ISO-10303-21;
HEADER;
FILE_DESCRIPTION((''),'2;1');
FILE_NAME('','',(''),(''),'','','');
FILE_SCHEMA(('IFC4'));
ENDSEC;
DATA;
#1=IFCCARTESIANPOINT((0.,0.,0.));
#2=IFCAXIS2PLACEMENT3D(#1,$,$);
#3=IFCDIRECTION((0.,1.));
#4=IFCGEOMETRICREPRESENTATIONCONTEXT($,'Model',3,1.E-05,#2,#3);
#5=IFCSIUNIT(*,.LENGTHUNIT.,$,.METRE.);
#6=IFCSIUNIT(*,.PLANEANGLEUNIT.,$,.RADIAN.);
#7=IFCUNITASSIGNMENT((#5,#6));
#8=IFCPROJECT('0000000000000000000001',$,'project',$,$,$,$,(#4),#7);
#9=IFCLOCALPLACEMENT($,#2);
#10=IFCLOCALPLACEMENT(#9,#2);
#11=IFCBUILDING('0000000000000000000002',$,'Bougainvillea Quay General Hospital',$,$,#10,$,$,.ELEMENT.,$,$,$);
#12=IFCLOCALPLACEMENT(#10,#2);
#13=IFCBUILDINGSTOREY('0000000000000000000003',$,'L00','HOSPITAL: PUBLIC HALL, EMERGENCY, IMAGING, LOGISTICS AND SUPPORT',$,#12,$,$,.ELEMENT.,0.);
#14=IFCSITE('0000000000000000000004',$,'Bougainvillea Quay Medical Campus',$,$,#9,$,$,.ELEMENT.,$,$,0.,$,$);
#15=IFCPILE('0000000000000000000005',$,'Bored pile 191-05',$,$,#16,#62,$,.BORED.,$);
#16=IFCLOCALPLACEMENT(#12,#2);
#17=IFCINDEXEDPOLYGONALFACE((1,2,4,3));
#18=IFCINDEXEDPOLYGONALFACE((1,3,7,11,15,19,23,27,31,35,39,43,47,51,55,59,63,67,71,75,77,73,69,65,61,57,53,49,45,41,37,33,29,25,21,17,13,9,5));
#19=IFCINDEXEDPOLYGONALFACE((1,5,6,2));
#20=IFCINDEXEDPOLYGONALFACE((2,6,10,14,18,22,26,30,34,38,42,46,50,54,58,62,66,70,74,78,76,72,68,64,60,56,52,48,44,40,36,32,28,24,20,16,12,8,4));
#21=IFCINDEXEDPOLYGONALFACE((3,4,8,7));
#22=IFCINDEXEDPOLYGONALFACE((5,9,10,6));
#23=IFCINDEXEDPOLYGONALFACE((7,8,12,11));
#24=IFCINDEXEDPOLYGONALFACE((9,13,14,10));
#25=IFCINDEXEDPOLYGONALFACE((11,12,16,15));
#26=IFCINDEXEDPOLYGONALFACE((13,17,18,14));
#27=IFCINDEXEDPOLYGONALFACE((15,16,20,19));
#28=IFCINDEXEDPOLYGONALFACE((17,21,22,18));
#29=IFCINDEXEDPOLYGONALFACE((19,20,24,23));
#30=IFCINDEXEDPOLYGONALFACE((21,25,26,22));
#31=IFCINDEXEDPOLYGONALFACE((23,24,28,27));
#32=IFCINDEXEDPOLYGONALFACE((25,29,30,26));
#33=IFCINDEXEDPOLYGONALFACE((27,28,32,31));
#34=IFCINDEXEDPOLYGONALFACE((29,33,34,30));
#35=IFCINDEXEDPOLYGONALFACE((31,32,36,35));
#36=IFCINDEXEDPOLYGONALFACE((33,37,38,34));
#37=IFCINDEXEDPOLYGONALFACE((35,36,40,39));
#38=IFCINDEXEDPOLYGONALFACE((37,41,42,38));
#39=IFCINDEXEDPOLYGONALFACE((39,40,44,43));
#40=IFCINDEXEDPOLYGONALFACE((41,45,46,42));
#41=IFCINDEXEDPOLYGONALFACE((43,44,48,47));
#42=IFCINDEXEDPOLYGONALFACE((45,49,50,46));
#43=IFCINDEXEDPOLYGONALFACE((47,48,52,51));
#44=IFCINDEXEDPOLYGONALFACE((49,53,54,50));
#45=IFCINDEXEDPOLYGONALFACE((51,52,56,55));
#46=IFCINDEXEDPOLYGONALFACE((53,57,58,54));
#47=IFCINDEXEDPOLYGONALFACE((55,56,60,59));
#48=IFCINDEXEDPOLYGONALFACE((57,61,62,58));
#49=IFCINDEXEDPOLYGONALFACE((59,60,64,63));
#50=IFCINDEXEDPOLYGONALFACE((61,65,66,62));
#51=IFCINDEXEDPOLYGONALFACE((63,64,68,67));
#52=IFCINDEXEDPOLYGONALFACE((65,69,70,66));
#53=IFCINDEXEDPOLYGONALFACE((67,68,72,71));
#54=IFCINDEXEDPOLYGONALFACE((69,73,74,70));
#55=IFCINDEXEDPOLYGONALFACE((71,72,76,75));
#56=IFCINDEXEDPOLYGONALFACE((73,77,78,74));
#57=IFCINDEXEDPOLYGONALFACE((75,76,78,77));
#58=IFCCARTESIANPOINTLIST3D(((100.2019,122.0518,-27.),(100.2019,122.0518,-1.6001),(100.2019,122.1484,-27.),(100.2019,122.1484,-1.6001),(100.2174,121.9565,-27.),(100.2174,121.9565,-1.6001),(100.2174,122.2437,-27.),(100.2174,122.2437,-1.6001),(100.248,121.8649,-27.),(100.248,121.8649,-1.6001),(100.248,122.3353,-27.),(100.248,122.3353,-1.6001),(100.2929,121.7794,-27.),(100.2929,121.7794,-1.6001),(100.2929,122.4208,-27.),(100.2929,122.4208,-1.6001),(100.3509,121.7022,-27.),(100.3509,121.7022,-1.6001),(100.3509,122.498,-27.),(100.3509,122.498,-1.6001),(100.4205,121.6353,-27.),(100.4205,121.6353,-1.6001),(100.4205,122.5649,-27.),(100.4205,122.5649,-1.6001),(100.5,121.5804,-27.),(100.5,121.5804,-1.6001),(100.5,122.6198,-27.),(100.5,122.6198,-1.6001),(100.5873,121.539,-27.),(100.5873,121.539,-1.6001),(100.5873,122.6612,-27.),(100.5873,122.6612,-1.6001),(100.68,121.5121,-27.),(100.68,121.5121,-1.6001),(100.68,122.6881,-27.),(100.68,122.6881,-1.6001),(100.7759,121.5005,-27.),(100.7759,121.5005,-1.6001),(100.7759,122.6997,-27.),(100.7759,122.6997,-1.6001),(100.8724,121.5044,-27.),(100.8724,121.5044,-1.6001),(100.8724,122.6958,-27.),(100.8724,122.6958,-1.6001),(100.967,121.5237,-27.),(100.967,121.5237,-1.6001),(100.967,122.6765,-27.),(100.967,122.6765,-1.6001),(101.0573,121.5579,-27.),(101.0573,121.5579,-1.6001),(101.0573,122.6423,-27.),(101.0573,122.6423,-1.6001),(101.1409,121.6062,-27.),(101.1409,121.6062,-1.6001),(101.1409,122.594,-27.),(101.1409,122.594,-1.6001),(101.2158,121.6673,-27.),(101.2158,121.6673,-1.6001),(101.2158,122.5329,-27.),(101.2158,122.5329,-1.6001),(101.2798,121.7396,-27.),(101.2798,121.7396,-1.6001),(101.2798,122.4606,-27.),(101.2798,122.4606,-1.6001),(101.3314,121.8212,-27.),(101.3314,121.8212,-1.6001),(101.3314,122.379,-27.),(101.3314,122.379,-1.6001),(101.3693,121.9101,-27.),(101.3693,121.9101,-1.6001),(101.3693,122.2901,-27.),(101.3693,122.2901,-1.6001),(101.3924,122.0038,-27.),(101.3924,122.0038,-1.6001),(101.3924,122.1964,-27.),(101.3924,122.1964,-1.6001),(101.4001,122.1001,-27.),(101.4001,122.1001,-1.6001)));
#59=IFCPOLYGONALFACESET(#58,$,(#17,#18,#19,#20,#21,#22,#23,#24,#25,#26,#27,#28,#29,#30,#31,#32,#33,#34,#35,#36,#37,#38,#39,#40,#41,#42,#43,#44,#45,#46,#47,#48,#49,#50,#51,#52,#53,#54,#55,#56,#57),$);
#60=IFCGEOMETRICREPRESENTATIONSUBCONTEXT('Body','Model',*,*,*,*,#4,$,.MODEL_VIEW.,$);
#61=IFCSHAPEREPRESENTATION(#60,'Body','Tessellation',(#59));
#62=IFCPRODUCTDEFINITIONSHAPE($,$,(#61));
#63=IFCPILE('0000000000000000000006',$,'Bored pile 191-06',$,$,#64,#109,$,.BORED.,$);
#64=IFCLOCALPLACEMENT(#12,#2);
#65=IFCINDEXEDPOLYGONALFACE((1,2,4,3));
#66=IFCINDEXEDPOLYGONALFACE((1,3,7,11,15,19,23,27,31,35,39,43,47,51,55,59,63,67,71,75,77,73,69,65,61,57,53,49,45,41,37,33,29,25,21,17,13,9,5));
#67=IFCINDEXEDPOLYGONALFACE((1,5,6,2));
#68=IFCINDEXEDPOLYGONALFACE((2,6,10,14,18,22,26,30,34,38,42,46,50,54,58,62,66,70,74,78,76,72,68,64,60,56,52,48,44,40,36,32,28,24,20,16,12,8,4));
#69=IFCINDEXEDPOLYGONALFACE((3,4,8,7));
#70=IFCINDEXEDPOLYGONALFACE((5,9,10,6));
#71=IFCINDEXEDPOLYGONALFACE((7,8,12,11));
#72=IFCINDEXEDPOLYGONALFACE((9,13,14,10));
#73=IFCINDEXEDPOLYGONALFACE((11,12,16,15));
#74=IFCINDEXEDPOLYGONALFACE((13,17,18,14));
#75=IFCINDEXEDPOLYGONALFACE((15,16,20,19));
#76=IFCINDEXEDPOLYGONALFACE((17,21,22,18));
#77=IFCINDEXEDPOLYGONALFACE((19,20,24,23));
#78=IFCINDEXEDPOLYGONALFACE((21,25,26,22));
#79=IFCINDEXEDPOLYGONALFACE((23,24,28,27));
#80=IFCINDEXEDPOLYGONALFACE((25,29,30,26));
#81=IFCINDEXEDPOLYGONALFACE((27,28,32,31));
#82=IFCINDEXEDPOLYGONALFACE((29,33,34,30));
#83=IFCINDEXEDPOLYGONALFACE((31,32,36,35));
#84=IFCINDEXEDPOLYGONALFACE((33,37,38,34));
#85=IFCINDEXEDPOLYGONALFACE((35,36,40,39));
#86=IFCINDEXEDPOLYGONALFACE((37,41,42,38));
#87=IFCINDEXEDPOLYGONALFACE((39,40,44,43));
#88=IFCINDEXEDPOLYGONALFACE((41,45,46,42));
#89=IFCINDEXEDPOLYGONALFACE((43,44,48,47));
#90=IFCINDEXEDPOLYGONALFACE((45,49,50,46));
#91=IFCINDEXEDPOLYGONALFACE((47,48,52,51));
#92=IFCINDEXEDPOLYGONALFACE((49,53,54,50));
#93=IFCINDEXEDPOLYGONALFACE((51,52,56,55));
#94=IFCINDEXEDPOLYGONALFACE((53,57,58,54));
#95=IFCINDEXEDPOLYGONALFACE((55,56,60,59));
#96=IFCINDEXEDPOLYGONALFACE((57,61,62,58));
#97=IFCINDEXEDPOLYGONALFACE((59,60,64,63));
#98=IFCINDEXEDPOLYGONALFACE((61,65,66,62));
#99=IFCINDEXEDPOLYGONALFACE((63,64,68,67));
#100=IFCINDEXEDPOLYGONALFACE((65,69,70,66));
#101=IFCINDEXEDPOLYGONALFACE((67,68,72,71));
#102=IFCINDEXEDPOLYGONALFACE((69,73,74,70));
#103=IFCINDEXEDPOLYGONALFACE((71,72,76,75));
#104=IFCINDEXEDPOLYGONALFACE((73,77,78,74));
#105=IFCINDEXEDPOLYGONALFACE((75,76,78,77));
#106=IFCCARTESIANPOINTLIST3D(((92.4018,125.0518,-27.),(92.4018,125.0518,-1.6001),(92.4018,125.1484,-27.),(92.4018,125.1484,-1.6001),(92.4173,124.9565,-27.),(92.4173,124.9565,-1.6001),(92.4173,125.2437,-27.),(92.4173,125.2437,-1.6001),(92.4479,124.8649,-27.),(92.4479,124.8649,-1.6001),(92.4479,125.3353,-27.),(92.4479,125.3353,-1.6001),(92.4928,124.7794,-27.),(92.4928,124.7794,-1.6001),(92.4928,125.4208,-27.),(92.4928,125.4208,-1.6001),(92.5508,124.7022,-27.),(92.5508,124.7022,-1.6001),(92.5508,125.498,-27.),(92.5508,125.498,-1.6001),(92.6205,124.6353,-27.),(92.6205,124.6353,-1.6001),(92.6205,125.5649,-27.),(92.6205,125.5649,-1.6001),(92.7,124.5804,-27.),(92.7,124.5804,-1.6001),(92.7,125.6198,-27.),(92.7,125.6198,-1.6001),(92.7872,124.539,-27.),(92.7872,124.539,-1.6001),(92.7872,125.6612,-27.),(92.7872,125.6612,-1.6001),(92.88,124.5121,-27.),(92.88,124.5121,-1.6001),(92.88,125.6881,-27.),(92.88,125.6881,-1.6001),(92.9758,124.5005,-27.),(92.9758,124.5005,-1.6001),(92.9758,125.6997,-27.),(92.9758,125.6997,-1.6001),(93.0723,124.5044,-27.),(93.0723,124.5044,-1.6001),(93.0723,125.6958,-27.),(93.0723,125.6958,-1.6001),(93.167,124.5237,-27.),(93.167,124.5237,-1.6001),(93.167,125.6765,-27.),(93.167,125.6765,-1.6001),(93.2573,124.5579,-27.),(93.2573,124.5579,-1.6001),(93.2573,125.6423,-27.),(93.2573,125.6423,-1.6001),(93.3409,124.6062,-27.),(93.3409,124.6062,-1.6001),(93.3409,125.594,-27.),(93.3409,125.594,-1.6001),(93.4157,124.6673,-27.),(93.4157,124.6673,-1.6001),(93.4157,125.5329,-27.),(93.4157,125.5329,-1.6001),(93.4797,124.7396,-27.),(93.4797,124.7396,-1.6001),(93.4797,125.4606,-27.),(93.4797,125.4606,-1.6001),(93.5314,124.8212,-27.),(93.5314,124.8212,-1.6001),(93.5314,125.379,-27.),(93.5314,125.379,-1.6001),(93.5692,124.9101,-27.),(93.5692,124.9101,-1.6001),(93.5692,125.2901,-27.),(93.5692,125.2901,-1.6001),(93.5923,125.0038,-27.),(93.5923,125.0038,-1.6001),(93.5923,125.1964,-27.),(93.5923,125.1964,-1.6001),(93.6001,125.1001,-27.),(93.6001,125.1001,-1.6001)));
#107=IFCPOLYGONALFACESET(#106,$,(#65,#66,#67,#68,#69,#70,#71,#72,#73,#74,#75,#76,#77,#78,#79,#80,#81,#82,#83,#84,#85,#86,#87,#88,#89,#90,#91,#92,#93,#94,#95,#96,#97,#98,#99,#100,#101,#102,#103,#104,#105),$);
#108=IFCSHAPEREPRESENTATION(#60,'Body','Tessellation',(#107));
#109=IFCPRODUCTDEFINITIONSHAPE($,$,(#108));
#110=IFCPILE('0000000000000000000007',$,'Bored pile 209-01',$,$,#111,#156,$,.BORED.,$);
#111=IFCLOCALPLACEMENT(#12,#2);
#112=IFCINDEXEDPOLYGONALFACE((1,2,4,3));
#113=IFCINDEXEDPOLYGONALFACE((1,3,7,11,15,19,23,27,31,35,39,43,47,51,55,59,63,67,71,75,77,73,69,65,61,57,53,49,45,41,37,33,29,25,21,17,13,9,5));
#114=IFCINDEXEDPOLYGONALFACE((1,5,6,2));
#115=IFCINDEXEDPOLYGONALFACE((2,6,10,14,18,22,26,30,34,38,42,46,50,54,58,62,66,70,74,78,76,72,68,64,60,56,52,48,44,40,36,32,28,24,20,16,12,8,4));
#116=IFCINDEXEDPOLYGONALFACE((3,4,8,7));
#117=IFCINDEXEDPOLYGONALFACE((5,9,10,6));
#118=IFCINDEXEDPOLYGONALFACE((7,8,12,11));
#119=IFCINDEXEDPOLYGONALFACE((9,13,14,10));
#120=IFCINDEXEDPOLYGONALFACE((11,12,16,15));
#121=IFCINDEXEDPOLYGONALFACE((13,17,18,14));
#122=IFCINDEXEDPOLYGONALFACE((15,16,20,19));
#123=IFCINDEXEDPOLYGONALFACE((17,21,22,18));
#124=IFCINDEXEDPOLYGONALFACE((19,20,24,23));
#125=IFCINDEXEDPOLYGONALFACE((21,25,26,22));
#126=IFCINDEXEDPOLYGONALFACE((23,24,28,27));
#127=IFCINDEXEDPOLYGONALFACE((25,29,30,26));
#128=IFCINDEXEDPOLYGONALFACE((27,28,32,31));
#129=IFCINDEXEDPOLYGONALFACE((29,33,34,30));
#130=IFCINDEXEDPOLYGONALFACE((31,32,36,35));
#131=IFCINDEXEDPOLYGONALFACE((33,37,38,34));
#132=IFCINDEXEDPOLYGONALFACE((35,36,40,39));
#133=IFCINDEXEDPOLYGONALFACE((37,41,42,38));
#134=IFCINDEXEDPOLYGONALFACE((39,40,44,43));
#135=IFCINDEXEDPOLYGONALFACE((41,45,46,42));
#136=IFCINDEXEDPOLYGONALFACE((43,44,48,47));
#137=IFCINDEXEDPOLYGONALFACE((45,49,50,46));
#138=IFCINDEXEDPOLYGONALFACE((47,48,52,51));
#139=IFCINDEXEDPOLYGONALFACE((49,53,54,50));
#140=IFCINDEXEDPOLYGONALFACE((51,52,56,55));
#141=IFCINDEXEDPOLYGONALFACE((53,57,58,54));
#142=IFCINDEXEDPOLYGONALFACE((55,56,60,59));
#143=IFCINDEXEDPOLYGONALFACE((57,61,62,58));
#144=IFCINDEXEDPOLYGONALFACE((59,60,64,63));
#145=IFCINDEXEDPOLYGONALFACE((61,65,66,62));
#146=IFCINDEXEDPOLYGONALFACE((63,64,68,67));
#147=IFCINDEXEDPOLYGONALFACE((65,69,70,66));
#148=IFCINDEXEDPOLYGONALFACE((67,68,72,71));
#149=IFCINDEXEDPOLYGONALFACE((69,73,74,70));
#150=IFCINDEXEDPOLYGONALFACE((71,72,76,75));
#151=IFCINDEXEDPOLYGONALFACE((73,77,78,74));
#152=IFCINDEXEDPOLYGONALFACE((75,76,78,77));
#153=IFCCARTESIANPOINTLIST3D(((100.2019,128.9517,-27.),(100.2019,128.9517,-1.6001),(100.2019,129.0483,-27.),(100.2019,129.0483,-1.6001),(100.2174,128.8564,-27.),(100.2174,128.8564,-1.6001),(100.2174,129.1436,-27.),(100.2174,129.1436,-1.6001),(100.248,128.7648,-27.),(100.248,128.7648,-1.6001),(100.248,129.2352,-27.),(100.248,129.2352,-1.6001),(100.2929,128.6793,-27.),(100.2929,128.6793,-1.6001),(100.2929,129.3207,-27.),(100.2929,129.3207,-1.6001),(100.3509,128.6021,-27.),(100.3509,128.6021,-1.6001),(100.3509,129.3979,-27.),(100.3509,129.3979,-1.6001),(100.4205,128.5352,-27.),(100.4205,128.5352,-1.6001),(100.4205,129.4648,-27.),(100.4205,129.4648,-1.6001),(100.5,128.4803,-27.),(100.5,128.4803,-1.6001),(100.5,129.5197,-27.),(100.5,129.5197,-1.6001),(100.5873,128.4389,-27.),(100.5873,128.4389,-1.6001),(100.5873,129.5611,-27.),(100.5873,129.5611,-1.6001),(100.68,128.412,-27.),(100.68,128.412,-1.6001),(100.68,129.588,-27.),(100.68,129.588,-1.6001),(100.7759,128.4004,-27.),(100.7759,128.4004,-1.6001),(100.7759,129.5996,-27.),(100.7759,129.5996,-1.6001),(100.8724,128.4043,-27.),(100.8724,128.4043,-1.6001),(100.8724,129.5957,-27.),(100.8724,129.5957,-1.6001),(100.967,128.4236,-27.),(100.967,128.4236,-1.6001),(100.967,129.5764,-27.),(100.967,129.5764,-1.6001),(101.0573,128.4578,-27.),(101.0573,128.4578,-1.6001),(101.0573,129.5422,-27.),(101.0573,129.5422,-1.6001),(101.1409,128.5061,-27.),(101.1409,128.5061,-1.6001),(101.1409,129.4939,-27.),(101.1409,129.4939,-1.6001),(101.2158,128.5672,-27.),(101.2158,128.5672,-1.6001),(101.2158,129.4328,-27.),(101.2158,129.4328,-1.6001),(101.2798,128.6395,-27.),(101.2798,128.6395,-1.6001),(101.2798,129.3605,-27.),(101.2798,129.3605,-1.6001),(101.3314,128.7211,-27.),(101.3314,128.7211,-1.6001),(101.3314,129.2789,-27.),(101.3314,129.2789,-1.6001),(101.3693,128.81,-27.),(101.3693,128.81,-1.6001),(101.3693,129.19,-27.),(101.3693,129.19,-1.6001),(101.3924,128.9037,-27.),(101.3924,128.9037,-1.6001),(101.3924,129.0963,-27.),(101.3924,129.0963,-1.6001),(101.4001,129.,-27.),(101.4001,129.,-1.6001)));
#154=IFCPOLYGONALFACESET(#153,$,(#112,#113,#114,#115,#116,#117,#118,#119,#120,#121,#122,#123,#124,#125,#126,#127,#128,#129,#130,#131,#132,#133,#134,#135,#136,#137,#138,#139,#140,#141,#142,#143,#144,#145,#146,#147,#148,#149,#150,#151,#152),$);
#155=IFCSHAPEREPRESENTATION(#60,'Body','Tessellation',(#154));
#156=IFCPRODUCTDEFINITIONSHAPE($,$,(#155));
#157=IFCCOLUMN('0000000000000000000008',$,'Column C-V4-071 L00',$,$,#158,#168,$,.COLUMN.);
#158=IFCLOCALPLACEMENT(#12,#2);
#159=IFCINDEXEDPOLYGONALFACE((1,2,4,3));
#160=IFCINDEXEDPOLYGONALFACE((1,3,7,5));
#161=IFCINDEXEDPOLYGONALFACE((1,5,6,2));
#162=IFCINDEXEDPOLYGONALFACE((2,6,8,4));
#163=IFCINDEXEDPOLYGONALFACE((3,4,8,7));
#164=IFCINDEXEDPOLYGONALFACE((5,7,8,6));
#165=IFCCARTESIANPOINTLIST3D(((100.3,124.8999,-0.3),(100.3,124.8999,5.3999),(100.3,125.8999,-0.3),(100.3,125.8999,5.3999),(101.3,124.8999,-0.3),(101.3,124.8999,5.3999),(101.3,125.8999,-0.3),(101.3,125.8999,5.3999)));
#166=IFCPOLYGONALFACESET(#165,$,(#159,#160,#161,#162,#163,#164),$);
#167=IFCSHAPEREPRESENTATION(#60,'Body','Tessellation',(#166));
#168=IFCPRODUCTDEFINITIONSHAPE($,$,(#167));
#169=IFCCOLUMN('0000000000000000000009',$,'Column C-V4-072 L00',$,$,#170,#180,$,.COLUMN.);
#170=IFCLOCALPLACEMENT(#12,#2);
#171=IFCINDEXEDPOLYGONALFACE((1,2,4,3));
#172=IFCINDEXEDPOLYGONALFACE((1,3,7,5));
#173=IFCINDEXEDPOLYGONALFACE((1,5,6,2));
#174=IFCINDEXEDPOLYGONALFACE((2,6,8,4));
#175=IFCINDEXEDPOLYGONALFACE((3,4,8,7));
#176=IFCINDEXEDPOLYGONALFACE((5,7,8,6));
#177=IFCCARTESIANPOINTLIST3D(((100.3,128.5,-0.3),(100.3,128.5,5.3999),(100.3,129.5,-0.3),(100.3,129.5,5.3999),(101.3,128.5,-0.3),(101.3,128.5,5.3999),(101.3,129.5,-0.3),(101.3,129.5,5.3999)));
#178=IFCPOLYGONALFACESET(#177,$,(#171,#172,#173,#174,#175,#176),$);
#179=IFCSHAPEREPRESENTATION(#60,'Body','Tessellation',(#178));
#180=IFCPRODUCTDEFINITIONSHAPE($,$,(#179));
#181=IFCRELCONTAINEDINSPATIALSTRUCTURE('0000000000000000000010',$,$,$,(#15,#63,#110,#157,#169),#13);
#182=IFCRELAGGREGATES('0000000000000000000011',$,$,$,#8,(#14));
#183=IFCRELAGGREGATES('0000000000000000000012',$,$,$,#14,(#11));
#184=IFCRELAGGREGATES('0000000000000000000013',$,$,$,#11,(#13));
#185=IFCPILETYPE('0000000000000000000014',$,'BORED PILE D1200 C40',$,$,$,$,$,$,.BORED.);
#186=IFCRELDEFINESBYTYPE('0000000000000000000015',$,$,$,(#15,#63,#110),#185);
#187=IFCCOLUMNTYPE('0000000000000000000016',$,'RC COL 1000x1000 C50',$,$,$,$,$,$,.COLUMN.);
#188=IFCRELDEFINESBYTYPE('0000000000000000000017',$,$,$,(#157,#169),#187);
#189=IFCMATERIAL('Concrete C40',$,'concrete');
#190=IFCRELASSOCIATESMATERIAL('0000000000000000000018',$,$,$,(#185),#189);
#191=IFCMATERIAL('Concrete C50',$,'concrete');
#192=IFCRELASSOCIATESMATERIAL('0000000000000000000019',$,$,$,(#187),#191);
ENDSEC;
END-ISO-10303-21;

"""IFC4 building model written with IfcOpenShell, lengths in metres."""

from ifc_helpers import new_model, si_unit, direction, frame, origin, origin_2d, place, context, subcontext, project, spatial, rectangle, circle, extrude, material, material_profile, profile_set, type_object, element, save


model = new_model("IFC4")

# Units and contexts
model_context = context("Model", 3, precision=1e-05, world=origin(), true_north=direction((0.0, 1.0)))
body_context = subcontext(model_context, "Body", "Model", "MODEL_VIEW")
ifc_project = project(units=[si_unit("LENGTHUNIT", "METRE"), si_unit("PLANEANGLEUNIT", "RADIAN")], contexts=[model_context])

# Site, building, storey
site_placement = place(None, origin())
site = spatial("IfcSite", under=ifc_project, at=site_placement, Name="Bougainvillea Quay Medical Campus", CompositionType="ELEMENT", RefElevation=0.0)
building_placement = place(site_placement, origin())
building = spatial("IfcBuilding", under=site, at=building_placement, Name="Bougainvillea Quay General Hospital", CompositionType="ELEMENT")
storey_placement = place(building_placement, origin())
storey = spatial("IfcBuildingStorey", under=building, at=storey_placement, Name="L00", Description="HOSPITAL: PUBLIC HALL, EMERGENCY, IMAGING, LOGISTICS AND SUPPORT", CompositionType="ELEMENT", Elevation=0.0)

# Piles
ifc_material_1 = material(Name="Concrete C40", Category="concrete")
ifc_material_profile_1 = material_profile(ifc_material_1, circle(Radius=0.6001, at=origin_2d()))
ifc_profile_set_1 = profile_set([ifc_material_profile_1], Name="Concrete C40")
pile_type = type_object("IfcPileType", Name="BORED PILE D1200 C40", PredefinedType="BORED", material=ifc_profile_set_1)
for number, where, z_axis, x_axis, name in (
    (1, (100.8, 122.1001, -1.6001), (0.0, 0.0, -1.0), (1.0, 0.0, 0.0), "Bored pile 191-05"),
    (2, (93.0, 125.1001, -1.6001), (0.0, 0.0, -1.0), (1.0, 0.0, 0.0), "Bored pile 191-06"),
    (3, (100.8, 129.0, -1.6001), (0.0, 0.0, -1.0), (1.0, 0.0, 0.0), "Bored pile 209-01"),
):
    element("IfcPile", number, at=place(storey_placement, frame(where, z_axis=z_axis, x_axis=x_axis)), inside=storey, type_object=pile_type, Name=name, PredefinedType="BORED", context=body_context, shape_type="SweptSolid", body=[
        extrude(circle(Radius=0.6001, at=origin_2d()), origin(), (0.0, 0.0, 1.0), 25.3999),
    ])

# Columns
ifc_material_2 = material(Name="Concrete C50", Category="concrete")
ifc_material_profile_2 = material_profile(ifc_material_2, rectangle(XDim=1.0, YDim=1.0, at=origin_2d()))
ifc_profile_set_2 = profile_set([ifc_material_profile_2], Name="Concrete C50")
column_type = type_object("IfcColumnType", Name="RC COL 1000x1000 C50", PredefinedType="COLUMN", material=ifc_profile_set_2)
for number, where, z_axis, x_axis, name in (
    (4, (100.8, 125.3999, -0.3), (0.0, 0.0, 1.0), (1.0, 0.0, 0.0), "Column C-V4-071 L00"),
    (5, (100.8, 129.0, -0.3), (0.0, 0.0, 1.0), (1.0, 0.0, 0.0), "Column C-V4-072 L00"),
):
    element("IfcColumn", number, at=place(storey_placement, frame(where, z_axis=z_axis, x_axis=x_axis)), inside=storey, type_object=column_type, Name=name, PredefinedType="COLUMN", context=body_context, shape_type="SweptSolid", body=[
        extrude(rectangle(XDim=1.0, YDim=1.0, at=origin_2d()), origin(), (0.0, 0.0, 1.0), 5.7),
    ])

save(model, "model.ifc")
